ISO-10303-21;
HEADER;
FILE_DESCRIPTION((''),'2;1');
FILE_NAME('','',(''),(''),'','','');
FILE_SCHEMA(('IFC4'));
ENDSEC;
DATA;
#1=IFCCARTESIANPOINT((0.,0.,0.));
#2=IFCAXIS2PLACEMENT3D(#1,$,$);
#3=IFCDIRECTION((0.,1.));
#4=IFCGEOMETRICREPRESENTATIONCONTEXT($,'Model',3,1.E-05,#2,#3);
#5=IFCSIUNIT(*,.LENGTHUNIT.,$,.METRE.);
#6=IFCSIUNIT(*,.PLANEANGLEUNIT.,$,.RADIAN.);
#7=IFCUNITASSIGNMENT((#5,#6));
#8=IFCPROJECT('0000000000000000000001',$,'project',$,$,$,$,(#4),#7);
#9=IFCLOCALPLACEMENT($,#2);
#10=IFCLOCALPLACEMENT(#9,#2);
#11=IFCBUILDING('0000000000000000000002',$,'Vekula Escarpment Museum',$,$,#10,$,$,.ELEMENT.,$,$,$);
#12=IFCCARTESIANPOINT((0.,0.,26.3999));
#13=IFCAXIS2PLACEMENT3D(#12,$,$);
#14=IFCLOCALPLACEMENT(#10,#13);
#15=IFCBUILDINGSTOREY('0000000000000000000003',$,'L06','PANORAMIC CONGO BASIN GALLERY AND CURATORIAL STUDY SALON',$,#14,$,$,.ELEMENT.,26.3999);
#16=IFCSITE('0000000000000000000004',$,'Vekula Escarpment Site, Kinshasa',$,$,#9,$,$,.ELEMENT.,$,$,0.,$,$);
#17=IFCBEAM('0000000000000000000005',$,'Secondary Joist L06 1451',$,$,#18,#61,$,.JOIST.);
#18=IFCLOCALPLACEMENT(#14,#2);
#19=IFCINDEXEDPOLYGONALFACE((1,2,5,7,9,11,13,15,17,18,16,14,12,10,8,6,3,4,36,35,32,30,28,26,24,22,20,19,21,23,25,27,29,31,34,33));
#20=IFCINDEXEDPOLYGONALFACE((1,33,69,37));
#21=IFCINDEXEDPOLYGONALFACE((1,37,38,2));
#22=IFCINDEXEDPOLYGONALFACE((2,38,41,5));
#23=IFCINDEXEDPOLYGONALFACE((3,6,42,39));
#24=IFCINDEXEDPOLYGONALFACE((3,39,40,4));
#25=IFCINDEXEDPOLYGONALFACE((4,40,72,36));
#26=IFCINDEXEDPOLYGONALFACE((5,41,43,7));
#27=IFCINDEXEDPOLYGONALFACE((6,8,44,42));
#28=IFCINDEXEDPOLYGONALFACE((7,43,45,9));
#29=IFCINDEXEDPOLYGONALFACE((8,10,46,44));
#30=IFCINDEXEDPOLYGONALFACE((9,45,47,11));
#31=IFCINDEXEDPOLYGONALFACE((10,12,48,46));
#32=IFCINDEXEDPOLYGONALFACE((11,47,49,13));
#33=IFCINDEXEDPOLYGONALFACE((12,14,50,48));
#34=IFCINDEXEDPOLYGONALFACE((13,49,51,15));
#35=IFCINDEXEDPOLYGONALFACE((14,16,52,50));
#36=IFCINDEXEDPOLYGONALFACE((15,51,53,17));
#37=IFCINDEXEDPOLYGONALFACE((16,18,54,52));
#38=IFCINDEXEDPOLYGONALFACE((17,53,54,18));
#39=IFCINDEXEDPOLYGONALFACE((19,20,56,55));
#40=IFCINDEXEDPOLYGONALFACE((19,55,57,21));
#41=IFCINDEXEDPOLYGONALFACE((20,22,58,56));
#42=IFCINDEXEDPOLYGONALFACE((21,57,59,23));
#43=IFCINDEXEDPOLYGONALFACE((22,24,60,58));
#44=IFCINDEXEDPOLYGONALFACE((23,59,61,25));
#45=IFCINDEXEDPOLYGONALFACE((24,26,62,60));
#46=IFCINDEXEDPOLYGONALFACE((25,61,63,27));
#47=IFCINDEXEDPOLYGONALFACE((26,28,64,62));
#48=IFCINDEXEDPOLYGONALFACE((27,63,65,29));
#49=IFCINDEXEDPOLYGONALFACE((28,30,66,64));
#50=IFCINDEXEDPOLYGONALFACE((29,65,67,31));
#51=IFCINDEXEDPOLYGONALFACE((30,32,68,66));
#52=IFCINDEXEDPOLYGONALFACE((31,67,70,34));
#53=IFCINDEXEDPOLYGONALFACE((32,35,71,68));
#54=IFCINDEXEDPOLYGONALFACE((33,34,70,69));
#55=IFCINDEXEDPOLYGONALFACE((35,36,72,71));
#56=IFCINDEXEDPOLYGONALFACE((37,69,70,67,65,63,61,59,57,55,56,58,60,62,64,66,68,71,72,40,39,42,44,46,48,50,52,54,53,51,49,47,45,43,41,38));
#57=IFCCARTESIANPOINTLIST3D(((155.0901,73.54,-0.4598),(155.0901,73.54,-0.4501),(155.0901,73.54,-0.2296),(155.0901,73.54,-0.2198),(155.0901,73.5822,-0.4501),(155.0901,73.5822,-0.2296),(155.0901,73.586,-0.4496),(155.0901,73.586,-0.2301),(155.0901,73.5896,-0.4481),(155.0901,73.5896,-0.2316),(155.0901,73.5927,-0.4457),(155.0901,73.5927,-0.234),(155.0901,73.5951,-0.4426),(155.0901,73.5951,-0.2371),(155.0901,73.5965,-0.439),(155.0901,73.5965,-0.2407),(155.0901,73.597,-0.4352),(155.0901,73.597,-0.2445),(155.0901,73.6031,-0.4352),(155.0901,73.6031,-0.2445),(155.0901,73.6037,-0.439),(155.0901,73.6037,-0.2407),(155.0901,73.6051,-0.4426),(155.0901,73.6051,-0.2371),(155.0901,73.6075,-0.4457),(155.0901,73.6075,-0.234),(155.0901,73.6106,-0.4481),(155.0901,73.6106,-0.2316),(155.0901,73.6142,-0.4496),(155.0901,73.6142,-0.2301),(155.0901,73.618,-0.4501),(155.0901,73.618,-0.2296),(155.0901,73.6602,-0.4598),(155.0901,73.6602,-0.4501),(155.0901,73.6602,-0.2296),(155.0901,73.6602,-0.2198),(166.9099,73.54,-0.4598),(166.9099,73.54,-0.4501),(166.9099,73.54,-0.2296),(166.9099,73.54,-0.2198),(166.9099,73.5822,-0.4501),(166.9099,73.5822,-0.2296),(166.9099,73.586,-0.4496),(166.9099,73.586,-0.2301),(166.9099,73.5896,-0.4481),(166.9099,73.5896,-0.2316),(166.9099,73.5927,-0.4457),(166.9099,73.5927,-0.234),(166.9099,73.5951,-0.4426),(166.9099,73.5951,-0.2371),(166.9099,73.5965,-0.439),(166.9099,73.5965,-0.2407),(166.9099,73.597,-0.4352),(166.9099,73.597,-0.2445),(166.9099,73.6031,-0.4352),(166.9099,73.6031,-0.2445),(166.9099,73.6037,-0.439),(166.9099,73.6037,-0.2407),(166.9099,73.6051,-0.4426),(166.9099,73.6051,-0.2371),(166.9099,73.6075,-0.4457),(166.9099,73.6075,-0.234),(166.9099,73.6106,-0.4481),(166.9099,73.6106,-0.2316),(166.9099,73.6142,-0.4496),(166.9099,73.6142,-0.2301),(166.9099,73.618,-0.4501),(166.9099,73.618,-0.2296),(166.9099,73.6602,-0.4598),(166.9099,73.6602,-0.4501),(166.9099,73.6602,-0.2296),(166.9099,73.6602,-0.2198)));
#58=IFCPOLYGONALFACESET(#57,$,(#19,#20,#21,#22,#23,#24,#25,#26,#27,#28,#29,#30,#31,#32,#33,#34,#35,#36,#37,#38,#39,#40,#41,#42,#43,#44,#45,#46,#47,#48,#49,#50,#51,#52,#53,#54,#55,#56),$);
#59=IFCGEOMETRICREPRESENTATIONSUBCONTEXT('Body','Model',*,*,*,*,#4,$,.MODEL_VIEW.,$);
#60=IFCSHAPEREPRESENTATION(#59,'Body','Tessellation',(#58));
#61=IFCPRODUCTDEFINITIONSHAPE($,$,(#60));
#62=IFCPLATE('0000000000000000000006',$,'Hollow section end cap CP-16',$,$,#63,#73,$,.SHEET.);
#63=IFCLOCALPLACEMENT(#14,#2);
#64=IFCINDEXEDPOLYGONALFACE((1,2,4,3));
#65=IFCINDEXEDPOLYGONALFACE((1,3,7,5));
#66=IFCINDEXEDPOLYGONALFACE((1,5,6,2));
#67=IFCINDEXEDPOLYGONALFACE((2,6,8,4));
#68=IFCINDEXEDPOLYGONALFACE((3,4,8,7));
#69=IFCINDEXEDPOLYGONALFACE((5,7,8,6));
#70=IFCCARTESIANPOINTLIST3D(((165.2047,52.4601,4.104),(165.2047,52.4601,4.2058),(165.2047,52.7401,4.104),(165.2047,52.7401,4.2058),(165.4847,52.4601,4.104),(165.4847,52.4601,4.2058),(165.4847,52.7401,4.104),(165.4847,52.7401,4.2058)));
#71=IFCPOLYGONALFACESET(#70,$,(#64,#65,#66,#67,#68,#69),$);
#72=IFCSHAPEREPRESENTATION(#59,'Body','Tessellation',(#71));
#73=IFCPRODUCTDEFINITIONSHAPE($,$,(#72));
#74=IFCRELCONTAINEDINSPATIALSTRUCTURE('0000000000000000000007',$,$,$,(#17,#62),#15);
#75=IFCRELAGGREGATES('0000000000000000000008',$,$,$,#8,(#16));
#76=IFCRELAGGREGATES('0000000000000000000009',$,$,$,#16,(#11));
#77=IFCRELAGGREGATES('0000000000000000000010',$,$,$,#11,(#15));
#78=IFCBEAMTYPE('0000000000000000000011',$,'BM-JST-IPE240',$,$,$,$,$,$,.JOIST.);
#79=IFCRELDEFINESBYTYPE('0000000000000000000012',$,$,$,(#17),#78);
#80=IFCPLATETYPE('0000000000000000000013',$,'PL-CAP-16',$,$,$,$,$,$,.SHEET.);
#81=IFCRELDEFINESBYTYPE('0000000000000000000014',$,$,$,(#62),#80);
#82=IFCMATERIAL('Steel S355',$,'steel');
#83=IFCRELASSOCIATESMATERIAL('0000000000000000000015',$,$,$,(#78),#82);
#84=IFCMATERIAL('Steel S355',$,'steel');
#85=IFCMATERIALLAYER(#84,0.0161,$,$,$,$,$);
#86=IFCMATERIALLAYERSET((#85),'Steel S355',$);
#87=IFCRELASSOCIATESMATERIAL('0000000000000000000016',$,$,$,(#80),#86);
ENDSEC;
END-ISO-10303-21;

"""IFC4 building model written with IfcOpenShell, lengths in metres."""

from ifc_helpers import new_model, si_unit, direction, frame, origin, origin_2d, place, context, subcontext, project, spatial, rectangle, i_section, extrude, material, layer, layer_set, material_profile, profile_set, type_object, element, save


model = new_model("IFC4")

# Units and contexts
model_context = context("Model", 3, precision=1e-05, world=origin(), true_north=direction((0.0, 1.0)))
body_context = subcontext(model_context, "Body", "Model", "MODEL_VIEW")
ifc_project = project(units=[si_unit("LENGTHUNIT", "METRE"), si_unit("PLANEANGLEUNIT", "RADIAN")], contexts=[model_context])

# Site, building, storey
site_placement = place(None, origin())
site = spatial("IfcSite", under=ifc_project, at=site_placement, Name="Vekula Escarpment Site, Kinshasa", CompositionType="ELEMENT", RefElevation=0.0)
building_placement = place(site_placement, origin())
building = spatial("IfcBuilding", under=site, at=building_placement, Name="Vekula Escarpment Museum", CompositionType="ELEMENT")
storey_placement = place(building_placement, frame((0.0, 0.0, 26.3999)))
storey = spatial("IfcBuildingStorey", under=building, at=storey_placement, Name="L06", Description="PANORAMIC CONGO BASIN GALLERY AND CURATORIAL STUDY SALON", CompositionType="ELEMENT", Elevation=26.3999)

# Beam
ifc_material_1 = material(Name="Steel S355", Category="steel")
ifc_material_profile_1 = material_profile(ifc_material_1, i_section(OverallWidth=0.1201, OverallDepth=0.24, WebThickness=0.0061, FlangeThickness=0.0098, FilletRadius=0.0149, at=origin_2d()), Name="IPE 240")
ifc_profile_set_1 = profile_set([ifc_material_profile_1], Name="Steel S355")
beam_type_1 = type_object("IfcBeamType", Name="BM-JST-IPE240", PredefinedType="JOIST", material=ifc_profile_set_1)
for number, where, z_axis, x_axis, name in (
    (1, (155.0901, 73.6001, -0.3398), (1.0, 0.0, 0.0), (0.0, 1.0, 0.0), "Secondary Joist L06 1451"),
):
    element("IfcBeam", number, at=place(storey_placement, frame(where, z_axis=z_axis, x_axis=x_axis)), inside=storey, type_object=beam_type_1, Name=name, PredefinedType="JOIST", context=body_context, shape_type="SweptSolid", body=[
        extrude(i_section(OverallWidth=0.1201, OverallDepth=0.24, WebThickness=0.0061, FlangeThickness=0.0098, FilletRadius=0.0149, at=origin_2d()), origin(), (0.0, 0.0, 1.0), 11.8198),
    ])

# Plate
ifc_material_2 = material(Name="Steel S355", Category="steel")
ifc_layer = layer(ifc_material_2, 0.0161)
ifc_layer_set = layer_set([ifc_layer], Name="Steel S355")
plate_type = type_object("IfcPlateType", Name="PL-CAP-16", PredefinedType="SHEET", material=ifc_layer_set)
plate_placement = place(storey_placement, frame((165.3447, 52.6001, 4.104), z_axis=(0.0, 0.0, 1.0), x_axis=(1.0, 0.0, 0.0)))
element("IfcPlate", 2, at=plate_placement, inside=storey, type_object=plate_type, Name="Hollow section end cap CP-16", PredefinedType="SHEET", context=body_context, shape_type="SweptSolid", body=[
    extrude(rectangle(XDim=0.28, YDim=0.28, at=origin_2d()), origin(), (0.0, 0.0, 1.0), 0.1018),
])

save(model, "model.ifc")
